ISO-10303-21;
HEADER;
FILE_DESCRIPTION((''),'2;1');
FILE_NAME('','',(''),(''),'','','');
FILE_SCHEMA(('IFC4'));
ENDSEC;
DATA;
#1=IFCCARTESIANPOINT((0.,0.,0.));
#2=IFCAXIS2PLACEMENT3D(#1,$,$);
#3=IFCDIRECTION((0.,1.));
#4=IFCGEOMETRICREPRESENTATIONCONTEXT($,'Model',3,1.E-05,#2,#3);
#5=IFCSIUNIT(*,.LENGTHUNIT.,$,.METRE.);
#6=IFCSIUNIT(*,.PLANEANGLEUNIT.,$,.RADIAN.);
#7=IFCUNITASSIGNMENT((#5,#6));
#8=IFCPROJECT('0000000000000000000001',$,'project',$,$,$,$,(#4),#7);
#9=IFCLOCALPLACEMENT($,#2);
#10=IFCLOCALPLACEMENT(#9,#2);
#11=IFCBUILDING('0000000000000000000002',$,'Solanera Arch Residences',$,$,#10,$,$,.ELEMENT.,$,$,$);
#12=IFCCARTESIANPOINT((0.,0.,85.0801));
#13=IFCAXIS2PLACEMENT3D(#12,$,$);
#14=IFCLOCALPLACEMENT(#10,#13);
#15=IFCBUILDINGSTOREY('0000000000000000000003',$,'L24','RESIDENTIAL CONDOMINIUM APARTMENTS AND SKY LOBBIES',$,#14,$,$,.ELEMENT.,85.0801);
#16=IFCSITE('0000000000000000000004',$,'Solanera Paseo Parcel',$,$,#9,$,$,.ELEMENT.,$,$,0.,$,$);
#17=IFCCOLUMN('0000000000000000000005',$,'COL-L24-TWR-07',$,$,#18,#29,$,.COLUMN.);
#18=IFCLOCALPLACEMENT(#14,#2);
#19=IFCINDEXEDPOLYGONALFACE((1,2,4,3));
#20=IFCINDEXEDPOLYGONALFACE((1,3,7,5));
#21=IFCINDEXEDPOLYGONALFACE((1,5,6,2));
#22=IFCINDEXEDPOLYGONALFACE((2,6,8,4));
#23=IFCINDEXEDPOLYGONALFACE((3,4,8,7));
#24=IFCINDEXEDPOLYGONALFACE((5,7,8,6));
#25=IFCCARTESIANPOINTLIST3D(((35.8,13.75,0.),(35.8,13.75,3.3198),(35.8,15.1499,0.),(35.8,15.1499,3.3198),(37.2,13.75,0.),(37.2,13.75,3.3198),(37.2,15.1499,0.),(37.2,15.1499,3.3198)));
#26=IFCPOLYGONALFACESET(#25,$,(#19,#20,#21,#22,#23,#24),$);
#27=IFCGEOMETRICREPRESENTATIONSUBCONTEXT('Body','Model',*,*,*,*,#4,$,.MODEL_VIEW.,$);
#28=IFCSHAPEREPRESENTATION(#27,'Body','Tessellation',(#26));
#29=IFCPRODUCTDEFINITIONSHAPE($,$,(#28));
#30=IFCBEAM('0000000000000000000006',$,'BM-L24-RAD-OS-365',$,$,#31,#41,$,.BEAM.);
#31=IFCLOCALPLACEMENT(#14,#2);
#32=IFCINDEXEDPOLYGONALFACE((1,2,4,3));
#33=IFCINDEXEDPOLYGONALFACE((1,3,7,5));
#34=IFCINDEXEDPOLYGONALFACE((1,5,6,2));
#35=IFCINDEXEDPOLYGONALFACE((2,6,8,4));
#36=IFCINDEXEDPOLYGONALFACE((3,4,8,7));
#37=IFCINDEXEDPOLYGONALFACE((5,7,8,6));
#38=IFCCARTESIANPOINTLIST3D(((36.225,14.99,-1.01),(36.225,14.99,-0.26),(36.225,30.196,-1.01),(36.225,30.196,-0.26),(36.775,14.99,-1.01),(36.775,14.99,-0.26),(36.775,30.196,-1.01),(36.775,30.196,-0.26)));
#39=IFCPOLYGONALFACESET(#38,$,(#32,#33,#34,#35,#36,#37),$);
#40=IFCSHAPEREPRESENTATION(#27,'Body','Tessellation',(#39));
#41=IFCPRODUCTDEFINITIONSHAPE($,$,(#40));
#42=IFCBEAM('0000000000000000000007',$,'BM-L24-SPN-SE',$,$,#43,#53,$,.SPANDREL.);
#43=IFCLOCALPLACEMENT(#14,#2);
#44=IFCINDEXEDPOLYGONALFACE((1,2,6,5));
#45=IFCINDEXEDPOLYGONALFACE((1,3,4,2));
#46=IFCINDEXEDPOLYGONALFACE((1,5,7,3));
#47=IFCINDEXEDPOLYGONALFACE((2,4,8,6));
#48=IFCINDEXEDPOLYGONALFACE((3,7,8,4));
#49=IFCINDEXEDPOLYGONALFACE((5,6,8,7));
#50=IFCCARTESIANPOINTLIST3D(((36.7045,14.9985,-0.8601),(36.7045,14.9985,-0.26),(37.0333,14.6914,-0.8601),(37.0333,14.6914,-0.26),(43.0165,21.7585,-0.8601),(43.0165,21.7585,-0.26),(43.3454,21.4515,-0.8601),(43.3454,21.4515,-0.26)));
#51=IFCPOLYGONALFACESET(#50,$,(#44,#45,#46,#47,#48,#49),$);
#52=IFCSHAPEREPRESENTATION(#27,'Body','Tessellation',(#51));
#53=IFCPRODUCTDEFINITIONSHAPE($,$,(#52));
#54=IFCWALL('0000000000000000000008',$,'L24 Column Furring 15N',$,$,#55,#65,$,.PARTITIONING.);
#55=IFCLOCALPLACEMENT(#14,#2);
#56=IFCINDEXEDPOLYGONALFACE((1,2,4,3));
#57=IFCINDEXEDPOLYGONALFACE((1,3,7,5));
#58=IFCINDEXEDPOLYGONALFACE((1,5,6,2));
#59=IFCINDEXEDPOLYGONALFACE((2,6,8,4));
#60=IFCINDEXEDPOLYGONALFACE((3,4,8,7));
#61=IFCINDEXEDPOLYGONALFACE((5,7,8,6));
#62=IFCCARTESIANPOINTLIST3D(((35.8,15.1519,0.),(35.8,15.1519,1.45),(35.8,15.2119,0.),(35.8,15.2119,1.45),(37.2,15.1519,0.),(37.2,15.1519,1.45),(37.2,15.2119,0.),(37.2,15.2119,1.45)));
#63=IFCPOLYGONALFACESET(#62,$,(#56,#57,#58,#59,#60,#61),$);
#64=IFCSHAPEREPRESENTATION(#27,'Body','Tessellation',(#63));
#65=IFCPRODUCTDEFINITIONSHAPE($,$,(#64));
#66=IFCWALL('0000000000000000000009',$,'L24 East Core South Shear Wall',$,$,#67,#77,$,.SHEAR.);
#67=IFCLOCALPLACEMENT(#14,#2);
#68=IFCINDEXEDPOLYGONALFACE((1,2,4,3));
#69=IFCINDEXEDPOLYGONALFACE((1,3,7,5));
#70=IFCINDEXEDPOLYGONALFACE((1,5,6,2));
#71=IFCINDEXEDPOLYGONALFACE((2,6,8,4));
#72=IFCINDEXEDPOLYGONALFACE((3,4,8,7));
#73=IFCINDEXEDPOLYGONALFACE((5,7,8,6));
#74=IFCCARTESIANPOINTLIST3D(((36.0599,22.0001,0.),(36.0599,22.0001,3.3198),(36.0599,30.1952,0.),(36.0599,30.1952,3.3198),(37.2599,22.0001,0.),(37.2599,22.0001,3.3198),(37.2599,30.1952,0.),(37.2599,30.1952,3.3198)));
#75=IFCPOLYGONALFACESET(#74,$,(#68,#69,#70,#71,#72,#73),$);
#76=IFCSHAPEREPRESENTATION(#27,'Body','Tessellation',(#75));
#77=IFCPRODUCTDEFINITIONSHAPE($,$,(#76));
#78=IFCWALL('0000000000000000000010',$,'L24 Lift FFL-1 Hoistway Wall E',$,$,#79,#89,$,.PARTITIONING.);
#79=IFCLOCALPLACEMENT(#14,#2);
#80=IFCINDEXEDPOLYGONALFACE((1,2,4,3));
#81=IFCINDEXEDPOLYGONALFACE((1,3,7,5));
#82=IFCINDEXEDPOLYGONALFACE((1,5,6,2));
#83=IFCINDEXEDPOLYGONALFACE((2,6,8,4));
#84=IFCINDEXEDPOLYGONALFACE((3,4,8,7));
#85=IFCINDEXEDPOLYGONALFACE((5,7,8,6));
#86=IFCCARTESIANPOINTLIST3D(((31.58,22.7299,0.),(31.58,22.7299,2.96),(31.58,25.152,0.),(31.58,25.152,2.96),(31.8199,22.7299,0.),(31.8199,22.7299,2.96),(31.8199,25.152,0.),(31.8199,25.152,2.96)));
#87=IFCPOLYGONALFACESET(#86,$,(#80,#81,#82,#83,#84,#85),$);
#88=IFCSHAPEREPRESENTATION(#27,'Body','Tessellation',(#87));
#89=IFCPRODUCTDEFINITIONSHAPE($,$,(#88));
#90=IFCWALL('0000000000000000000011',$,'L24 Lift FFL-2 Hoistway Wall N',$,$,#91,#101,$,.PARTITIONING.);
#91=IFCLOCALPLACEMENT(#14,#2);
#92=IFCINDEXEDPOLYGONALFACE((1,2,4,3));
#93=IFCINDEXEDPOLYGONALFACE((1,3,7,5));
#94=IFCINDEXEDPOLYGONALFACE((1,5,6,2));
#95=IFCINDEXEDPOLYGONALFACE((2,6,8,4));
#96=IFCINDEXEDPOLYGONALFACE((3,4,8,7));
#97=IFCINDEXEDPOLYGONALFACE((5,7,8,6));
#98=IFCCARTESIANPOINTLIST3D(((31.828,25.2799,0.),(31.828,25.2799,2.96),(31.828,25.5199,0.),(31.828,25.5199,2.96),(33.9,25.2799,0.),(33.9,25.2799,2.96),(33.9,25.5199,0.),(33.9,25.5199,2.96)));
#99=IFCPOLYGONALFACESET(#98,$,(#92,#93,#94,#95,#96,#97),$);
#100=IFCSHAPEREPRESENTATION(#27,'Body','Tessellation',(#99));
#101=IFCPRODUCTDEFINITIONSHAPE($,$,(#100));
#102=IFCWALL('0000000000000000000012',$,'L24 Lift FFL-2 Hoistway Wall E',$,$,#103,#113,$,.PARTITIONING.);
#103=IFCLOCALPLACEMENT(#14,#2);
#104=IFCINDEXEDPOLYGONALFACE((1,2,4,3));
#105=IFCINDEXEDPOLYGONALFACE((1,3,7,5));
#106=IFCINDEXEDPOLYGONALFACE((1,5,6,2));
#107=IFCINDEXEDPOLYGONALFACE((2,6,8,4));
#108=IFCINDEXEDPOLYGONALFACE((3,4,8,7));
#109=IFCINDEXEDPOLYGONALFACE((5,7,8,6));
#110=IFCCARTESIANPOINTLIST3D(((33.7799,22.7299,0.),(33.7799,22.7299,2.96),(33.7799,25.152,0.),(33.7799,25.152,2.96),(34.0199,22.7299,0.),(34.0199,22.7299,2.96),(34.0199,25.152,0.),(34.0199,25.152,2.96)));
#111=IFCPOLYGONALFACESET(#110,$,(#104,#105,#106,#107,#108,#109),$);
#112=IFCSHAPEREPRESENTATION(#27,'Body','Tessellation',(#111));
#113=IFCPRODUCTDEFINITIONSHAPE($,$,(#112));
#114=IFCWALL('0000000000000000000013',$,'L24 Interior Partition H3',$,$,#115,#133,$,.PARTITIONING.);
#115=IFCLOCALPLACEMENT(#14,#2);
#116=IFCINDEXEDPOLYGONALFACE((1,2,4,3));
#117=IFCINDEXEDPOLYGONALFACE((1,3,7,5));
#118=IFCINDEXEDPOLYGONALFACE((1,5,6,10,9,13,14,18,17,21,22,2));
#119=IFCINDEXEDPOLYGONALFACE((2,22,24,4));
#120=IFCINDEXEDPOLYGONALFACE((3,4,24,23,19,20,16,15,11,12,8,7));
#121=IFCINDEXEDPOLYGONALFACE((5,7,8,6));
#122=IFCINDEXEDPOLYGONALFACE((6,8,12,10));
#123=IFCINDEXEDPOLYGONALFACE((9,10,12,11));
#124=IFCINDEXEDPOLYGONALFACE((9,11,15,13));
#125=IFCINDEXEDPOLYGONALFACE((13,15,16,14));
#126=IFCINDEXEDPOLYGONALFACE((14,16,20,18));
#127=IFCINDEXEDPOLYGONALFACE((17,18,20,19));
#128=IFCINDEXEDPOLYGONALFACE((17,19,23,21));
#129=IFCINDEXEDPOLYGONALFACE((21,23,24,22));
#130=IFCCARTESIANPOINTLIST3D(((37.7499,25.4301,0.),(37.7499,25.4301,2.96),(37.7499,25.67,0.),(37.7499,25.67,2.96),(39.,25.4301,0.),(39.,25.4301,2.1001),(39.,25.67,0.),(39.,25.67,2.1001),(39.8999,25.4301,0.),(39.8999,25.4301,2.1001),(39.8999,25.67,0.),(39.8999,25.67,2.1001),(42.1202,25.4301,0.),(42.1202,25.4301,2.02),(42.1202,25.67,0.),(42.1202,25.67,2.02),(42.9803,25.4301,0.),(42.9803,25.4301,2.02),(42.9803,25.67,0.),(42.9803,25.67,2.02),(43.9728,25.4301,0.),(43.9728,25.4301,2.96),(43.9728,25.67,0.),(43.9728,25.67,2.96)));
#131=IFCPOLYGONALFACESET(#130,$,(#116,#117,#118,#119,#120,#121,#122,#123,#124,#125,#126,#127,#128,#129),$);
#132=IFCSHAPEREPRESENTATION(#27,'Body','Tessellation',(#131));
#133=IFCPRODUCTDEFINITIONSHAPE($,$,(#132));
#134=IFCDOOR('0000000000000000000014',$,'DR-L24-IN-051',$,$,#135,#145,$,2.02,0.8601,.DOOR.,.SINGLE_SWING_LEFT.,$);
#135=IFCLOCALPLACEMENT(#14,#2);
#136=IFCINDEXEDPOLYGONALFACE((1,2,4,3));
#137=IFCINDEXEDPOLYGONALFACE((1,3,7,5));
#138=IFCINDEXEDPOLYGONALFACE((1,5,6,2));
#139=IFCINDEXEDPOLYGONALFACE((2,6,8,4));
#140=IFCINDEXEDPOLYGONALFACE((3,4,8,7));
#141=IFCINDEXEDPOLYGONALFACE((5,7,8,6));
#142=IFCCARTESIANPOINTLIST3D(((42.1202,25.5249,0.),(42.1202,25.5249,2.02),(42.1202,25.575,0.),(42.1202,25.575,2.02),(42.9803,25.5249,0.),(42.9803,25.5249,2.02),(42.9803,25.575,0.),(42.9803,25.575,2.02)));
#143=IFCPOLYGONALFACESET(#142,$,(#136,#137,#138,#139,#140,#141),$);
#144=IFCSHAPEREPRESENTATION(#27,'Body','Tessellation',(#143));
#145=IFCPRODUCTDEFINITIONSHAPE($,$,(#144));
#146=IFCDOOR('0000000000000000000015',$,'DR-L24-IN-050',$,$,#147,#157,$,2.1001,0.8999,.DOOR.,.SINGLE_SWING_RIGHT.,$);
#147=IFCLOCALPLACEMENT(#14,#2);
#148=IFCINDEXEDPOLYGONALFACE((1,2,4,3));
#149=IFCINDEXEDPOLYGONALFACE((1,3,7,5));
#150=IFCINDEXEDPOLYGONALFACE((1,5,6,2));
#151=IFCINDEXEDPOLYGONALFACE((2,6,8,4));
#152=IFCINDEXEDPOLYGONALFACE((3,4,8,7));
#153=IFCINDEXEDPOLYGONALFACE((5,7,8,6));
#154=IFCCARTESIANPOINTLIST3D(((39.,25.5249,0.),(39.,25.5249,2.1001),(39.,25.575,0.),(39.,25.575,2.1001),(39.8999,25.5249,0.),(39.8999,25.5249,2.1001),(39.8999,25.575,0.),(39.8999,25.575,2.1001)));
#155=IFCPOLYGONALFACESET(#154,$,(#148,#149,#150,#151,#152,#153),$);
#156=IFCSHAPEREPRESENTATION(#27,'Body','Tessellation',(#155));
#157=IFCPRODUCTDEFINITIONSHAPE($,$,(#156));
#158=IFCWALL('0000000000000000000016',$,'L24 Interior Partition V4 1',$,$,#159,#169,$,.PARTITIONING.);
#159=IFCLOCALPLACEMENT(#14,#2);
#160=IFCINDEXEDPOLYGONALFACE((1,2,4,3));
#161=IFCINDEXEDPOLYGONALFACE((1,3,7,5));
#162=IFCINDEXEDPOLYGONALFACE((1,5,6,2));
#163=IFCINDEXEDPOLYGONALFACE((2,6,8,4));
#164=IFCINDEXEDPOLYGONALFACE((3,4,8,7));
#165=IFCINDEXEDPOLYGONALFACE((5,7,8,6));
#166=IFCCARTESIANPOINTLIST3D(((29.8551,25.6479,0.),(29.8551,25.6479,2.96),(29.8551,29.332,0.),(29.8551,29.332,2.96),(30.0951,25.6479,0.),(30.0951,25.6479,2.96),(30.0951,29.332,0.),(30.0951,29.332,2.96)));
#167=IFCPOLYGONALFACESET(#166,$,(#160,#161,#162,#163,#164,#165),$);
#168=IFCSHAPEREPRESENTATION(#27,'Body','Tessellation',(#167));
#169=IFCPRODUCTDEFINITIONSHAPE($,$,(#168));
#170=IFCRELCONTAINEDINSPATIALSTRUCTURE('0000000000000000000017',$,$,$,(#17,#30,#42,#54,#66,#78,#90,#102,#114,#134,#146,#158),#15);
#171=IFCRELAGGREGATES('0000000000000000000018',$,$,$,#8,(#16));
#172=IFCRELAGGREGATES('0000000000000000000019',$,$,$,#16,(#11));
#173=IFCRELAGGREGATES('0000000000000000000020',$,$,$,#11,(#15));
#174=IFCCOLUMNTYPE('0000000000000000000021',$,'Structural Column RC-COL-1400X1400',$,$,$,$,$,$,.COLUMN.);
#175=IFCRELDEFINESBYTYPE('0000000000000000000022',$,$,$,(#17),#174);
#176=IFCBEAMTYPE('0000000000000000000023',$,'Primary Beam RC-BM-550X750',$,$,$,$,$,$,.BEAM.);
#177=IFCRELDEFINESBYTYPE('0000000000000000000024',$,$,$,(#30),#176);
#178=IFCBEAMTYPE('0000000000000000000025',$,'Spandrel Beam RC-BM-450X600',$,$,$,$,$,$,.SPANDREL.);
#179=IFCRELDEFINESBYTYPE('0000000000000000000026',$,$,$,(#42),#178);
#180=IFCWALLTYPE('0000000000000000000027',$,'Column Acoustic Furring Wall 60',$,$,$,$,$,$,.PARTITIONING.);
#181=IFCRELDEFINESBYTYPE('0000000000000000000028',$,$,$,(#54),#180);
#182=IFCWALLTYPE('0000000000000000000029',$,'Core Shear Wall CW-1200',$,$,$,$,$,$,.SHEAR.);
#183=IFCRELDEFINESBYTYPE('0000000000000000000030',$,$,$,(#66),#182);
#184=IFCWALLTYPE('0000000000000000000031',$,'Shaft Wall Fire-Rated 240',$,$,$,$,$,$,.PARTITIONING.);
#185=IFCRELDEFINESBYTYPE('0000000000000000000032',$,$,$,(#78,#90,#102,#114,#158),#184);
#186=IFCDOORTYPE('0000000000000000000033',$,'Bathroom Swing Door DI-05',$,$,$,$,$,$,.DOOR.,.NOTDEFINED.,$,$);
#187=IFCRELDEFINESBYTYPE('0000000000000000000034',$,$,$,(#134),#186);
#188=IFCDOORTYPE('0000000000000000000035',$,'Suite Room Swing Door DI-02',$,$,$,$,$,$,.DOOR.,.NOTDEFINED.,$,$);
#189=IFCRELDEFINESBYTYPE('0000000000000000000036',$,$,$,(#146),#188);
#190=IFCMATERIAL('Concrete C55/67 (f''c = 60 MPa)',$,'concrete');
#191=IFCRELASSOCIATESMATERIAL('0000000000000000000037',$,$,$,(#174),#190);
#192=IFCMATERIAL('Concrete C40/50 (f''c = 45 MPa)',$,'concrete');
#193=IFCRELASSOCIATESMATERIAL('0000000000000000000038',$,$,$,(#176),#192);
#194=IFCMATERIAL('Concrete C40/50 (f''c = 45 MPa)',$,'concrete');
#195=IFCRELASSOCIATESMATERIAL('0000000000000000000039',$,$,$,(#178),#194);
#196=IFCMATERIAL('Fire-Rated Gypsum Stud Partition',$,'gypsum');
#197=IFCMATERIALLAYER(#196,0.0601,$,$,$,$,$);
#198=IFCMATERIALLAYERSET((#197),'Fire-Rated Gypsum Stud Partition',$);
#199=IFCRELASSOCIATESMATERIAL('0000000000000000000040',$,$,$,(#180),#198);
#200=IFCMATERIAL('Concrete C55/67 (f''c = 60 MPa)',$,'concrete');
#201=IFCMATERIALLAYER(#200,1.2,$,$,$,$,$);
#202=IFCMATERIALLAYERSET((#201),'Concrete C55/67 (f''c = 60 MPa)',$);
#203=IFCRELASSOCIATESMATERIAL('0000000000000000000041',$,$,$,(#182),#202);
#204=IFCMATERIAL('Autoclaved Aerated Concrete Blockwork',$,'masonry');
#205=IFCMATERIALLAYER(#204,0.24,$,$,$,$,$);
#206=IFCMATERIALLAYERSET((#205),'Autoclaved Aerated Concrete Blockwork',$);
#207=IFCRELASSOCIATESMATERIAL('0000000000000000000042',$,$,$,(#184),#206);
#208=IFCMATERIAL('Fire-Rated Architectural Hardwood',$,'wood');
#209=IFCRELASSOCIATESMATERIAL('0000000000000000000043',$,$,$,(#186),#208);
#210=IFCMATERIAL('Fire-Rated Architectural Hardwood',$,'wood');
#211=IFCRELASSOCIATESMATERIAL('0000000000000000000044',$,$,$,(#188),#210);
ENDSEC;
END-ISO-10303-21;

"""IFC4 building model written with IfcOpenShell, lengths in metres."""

from ifc_helpers import new_model, si_unit, direction, frame, frame_2d, origin, origin_2d, place, context, subcontext, project, spatial, rectangle, extrude, material, layer, layer_set, material_profile, profile_set, type_object, element, fill, save


model = new_model("IFC4")

# Units and contexts
model_context = context("Model", 3, precision=1e-05, world=origin(), true_north=direction((0.0, 1.0)))
body_context = subcontext(model_context, "Body", "Model", "MODEL_VIEW")
ifc_project = project(units=[si_unit("LENGTHUNIT", "METRE"), si_unit("PLANEANGLEUNIT", "RADIAN")], contexts=[model_context])

# Site, building, storey
site_placement = place(None, origin())
site = spatial("IfcSite", under=ifc_project, at=site_placement, Name="Solanera Paseo Parcel", CompositionType="ELEMENT", RefElevation=0.0)
building_placement = place(site_placement, origin())
building = spatial("IfcBuilding", under=site, at=building_placement, Name="Solanera Arch Residences", CompositionType="ELEMENT")
storey_placement = place(building_placement, frame((0.0, 0.0, 85.0801)))
storey = spatial("IfcBuildingStorey", under=building, at=storey_placement, Name="L24", Description="RESIDENTIAL CONDOMINIUM APARTMENTS AND SKY LOBBIES", CompositionType="ELEMENT", Elevation=85.0801)

# Column
ifc_material_1 = material(Name="Concrete C55/67 (f'c = 60 MPa)", Category="concrete")
ifc_material_profile_1 = material_profile(ifc_material_1, rectangle(XDim=1.3999, YDim=1.3999, at=origin_2d()))
ifc_profile_set_1 = profile_set([ifc_material_profile_1], Name="Concrete C55/67 (f'c = 60 MPa)")
column_type = type_object("IfcColumnType", Name="Structural Column RC-COL-1400X1400", PredefinedType="COLUMN", material=ifc_profile_set_1)
column_placement = place(storey_placement, frame((36.5, 14.45, 0.0), z_axis=(0.0, 0.0, 1.0), x_axis=(1.0, 0.0, 0.0)))
element("IfcColumn", 1, at=column_placement, inside=storey, type_object=column_type, Name="COL-L24-TWR-07", PredefinedType="COLUMN", context=body_context, shape_type="SweptSolid", body=[
    extrude(rectangle(XDim=1.3999, YDim=1.3999, at=origin_2d()), origin(), (0.0, 0.0, 1.0), 3.3198),
])

# Beams
ifc_material_2 = material(Name="Concrete C40/50 (f'c = 45 MPa)", Category="concrete")
ifc_material_profile_2 = material_profile(ifc_material_2, rectangle(XDim=0.55, YDim=0.75, at=origin_2d()))
ifc_profile_set_2 = profile_set([ifc_material_profile_2], Name="Concrete C40/50 (f'c = 45 MPa)")
beam_type_1 = type_object("IfcBeamType", Name="Primary Beam RC-BM-550X750", PredefinedType="BEAM", material=ifc_profile_set_2)
beam_1_placement = place(storey_placement, frame((36.5, 14.99, -0.635), z_axis=(0.0, 1.0, 0.0), x_axis=(-1.0, 0.0, 0.0)))
element("IfcBeam", 2, at=beam_1_placement, inside=storey, type_object=beam_type_1, Name="BM-L24-RAD-OS-365", PredefinedType="BEAM", context=body_context, shape_type="SweptSolid", body=[
    extrude(rectangle(XDim=0.55, YDim=0.75, at=origin_2d()), origin(), (0.0, 0.0, 1.0), 15.2061),
])
ifc_material_3 = material(Name="Concrete C40/50 (f'c = 45 MPa)", Category="concrete")
ifc_material_profile_3 = material_profile(ifc_material_3, rectangle(XDim=0.45, YDim=0.6001, at=origin_2d()))
ifc_profile_set_3 = profile_set([ifc_material_profile_3], Name="Concrete C40/50 (f'c = 45 MPa)")
beam_type_2 = type_object("IfcBeamType", Name="Spandrel Beam RC-BM-450X600", PredefinedType="SPANDREL", material=ifc_profile_set_3)
beam_2_placement = place(storey_placement, frame((36.8689, 14.845, -0.5601), z_axis=(0.682472, 0.730911, 0.0), x_axis=(-0.730911, 0.682472, 0.0)))
element("IfcBeam", 3, at=beam_2_placement, inside=storey, type_object=beam_type_2, Name="BM-L24-SPN-SE", PredefinedType="SPANDREL", context=body_context, shape_type="SweptSolid", body=[
    extrude(rectangle(XDim=0.45, YDim=0.6001, at=origin_2d()), origin(), (0.0, 0.0, 1.0), 9.2488),
])

# Walls
ifc_material_4 = material(Name="Fire-Rated Gypsum Stud Partition", Category="gypsum")
ifc_layer_1 = layer(ifc_material_4, 0.0601)
ifc_layer_set_1 = layer_set([ifc_layer_1], Name="Fire-Rated Gypsum Stud Partition")
wall_type_1 = type_object("IfcWallType", Name="Column Acoustic Furring Wall 60", PredefinedType="PARTITIONING", material=ifc_layer_set_1)
wall_1_placement = place(storey_placement, frame((35.8, 15.1819, 0.0), z_axis=(0.0, 0.0, 1.0), x_axis=(1.0, 0.0, 0.0)))
element("IfcWall", 4, at=wall_1_placement, inside=storey, type_object=wall_type_1, Name="L24 Column Furring 15N", PredefinedType="PARTITIONING", context=body_context, shape_type="SweptSolid", body=[
    extrude(rectangle(XDim=1.3999, YDim=0.0601, at=frame_2d((0.7, 0.0))), origin(), (0.0, 0.0, 1.0), 1.45),
])
ifc_material_5 = material(Name="Concrete C55/67 (f'c = 60 MPa)", Category="concrete")
ifc_layer_2 = layer(ifc_material_5, 1.2)
ifc_layer_set_2 = layer_set([ifc_layer_2], Name="Concrete C55/67 (f'c = 60 MPa)")
wall_type_2 = type_object("IfcWallType", Name="Core Shear Wall CW-1200", PredefinedType="SHEAR", material=ifc_layer_set_2)
wall_2_placement = place(storey_placement, frame((36.6599, 22.0, 0.0), z_axis=(0.0, 0.0, 1.0), x_axis=(0.0, 1.0, 0.0)))
element("IfcWall", 5, at=wall_2_placement, inside=storey, type_object=wall_type_2, Name="L24 East Core South Shear Wall", PredefinedType="SHEAR", context=body_context, shape_type="SweptSolid", body=[
    extrude(rectangle(XDim=8.1951, YDim=1.2, at=frame_2d((4.0977, 0.0))), origin(), (0.0, 0.0, 1.0), 3.3198),
])
ifc_material_6 = material(Name="Autoclaved Aerated Concrete Blockwork", Category="masonry")
ifc_layer_3 = layer(ifc_material_6, 0.24)
ifc_layer_set_3 = layer_set([ifc_layer_3], Name="Autoclaved Aerated Concrete Blockwork")
wall_type_3 = type_object("IfcWallType", Name="Shaft Wall Fire-Rated 240", PredefinedType="PARTITIONING", material=ifc_layer_set_3)
wall_3_placement = place(storey_placement, frame((31.7, 22.73, 0.0), z_axis=(0.0, 0.0, 1.0), x_axis=(0.0, 1.0, 0.0)))
element("IfcWall", 6, at=wall_3_placement, inside=storey, type_object=wall_type_3, Name="L24 Lift FFL-1 Hoistway Wall E", PredefinedType="PARTITIONING", context=body_context, shape_type="SweptSolid", body=[
    extrude(rectangle(XDim=2.4221, YDim=0.24, at=frame_2d((1.2109, 0.0))), origin(), (0.0, 0.0, 1.0), 2.96),
])
wall_4_placement = place(storey_placement, frame((31.8279, 25.3999, 0.0), z_axis=(0.0, 0.0, 1.0), x_axis=(1.0, 0.0, 0.0)))
element("IfcWall", 7, at=wall_4_placement, inside=storey, type_object=wall_type_3, Name="L24 Lift FFL-2 Hoistway Wall N", PredefinedType="PARTITIONING", context=body_context, shape_type="SweptSolid", body=[
    extrude(rectangle(XDim=2.072, YDim=0.24, at=frame_2d((1.0361, 0.0))), origin(), (0.0, 0.0, 1.0), 2.96),
])
wall_5_placement = place(storey_placement, frame((33.8999, 22.73, 0.0), z_axis=(0.0, 0.0, 1.0), x_axis=(0.0, 1.0, 0.0)))
element("IfcWall", 8, at=wall_5_placement, inside=storey, type_object=wall_type_3, Name="L24 Lift FFL-2 Hoistway Wall E", PredefinedType="PARTITIONING", context=body_context, shape_type="SweptSolid", body=[
    extrude(rectangle(XDim=2.4221, YDim=0.24, at=frame_2d((1.2109, 0.0))), origin(), (0.0, 0.0, 1.0), 2.96),
])

# Wall, openings, doors
wall_6_placement = place(storey_placement, frame((37.75, 25.55, 0.0), z_axis=(0.0, 0.0, 1.0), x_axis=(1.0, 0.0, 0.0)))
wall_6 = element("IfcWall", 9, at=wall_6_placement, inside=storey, type_object=wall_type_3, Name="L24 Interior Partition H3", PredefinedType="PARTITIONING", context=body_context, shape_type="SweptSolid", body=[
    extrude(rectangle(XDim=6.2229, YDim=0.24, at=frame_2d((3.1113, 0.0))), origin(), (0.0, 0.0, 1.0), 2.96),
])
opening_1_placement = place(wall_6_placement, frame((1.25, 0.0, 0.0)))
opening_1 = element("IfcOpeningElement", 10, at=opening_1_placement, cuts=wall_6, PredefinedType="OPENING", context=body_context, shape_type="SweptSolid", body=[
    extrude(rectangle(XDim=0.8999, YDim=2.1001, at=frame_2d((0.45, 1.05))), frame((0.0, 0.1299, 0.0), z_axis=(0.0, -1.0, 0.0), x_axis=(1.0, 0.0, 0.0)), (0.0, 0.0, 1.0), 0.26),
])
opening_2_placement = place(wall_6_placement, frame((4.3701, 0.0, 0.0)))
opening_2 = element("IfcOpeningElement", 11, at=opening_2_placement, cuts=wall_6, PredefinedType="OPENING", context=body_context, shape_type="SweptSolid", body=[
    extrude(rectangle(XDim=0.8601, YDim=2.02, at=frame_2d((0.4302, 1.01))), frame((0.0, 0.1299, 0.0), z_axis=(0.0, -1.0, 0.0), x_axis=(1.0, 0.0, 0.0)), (0.0, 0.0, 1.0), 0.26),
])
ifc_material_7 = material(Name="Fire-Rated Architectural Hardwood", Category="wood")
door_type_1 = type_object("IfcDoorType", Name="Bathroom Swing Door DI-05", OperationType="NOTDEFINED", PredefinedType="DOOR", material=ifc_material_7)
door_1_placement = place(opening_2_placement, origin())
door_1 = element("IfcDoor", 12, at=door_1_placement, inside=storey, type_object=door_type_1, Name="DR-L24-IN-051", OperationType="SINGLE_SWING_LEFT", OverallHeight=2.02, OverallWidth=0.8601, PredefinedType="DOOR", context=body_context, shape_type="SweptSolid", body=[
    extrude(rectangle(XDim=0.8601, YDim=2.02, at=frame_2d((0.4302, 1.01))), frame((0.0, 0.0249, 0.0), z_axis=(0.0, -1.0, 0.0), x_axis=(1.0, 0.0, 0.0)), (0.0, 0.0, 1.0), 0.05),
])
fill(opening_2, door_1)
ifc_material_8 = material(Name="Fire-Rated Architectural Hardwood", Category="wood")
door_type_2 = type_object("IfcDoorType", Name="Suite Room Swing Door DI-02", OperationType="NOTDEFINED", PredefinedType="DOOR", material=ifc_material_8)
door_2_placement = place(opening_1_placement, origin())
door_2 = element("IfcDoor", 13, at=door_2_placement, inside=storey, type_object=door_type_2, Name="DR-L24-IN-050", OperationType="SINGLE_SWING_RIGHT", OverallHeight=2.1001, OverallWidth=0.8999, PredefinedType="DOOR", context=body_context, shape_type="SweptSolid", body=[
    extrude(rectangle(XDim=0.8999, YDim=2.1001, at=frame_2d((0.45, 1.05))), frame((0.0, 0.0249, 0.0), z_axis=(0.0, -1.0, 0.0), x_axis=(1.0, 0.0, 0.0)), (0.0, 0.0, 1.0), 0.05),
])
fill(opening_1, door_2)

# Wall
wall_7_placement = place(storey_placement, frame((29.9751, 25.6479, 0.0), z_axis=(0.0, 0.0, 1.0), x_axis=(0.0, 1.0, 0.0)))
element("IfcWall", 14, at=wall_7_placement, inside=storey, type_object=wall_type_3, Name="L24 Interior Partition V4 1", PredefinedType="PARTITIONING", context=body_context, shape_type="SweptSolid", body=[
    extrude(rectangle(XDim=3.6841, YDim=0.24, at=frame_2d((1.842, 0.0))), origin(), (0.0, 0.0, 1.0), 2.96),
])

save(model, "model.ifc")
